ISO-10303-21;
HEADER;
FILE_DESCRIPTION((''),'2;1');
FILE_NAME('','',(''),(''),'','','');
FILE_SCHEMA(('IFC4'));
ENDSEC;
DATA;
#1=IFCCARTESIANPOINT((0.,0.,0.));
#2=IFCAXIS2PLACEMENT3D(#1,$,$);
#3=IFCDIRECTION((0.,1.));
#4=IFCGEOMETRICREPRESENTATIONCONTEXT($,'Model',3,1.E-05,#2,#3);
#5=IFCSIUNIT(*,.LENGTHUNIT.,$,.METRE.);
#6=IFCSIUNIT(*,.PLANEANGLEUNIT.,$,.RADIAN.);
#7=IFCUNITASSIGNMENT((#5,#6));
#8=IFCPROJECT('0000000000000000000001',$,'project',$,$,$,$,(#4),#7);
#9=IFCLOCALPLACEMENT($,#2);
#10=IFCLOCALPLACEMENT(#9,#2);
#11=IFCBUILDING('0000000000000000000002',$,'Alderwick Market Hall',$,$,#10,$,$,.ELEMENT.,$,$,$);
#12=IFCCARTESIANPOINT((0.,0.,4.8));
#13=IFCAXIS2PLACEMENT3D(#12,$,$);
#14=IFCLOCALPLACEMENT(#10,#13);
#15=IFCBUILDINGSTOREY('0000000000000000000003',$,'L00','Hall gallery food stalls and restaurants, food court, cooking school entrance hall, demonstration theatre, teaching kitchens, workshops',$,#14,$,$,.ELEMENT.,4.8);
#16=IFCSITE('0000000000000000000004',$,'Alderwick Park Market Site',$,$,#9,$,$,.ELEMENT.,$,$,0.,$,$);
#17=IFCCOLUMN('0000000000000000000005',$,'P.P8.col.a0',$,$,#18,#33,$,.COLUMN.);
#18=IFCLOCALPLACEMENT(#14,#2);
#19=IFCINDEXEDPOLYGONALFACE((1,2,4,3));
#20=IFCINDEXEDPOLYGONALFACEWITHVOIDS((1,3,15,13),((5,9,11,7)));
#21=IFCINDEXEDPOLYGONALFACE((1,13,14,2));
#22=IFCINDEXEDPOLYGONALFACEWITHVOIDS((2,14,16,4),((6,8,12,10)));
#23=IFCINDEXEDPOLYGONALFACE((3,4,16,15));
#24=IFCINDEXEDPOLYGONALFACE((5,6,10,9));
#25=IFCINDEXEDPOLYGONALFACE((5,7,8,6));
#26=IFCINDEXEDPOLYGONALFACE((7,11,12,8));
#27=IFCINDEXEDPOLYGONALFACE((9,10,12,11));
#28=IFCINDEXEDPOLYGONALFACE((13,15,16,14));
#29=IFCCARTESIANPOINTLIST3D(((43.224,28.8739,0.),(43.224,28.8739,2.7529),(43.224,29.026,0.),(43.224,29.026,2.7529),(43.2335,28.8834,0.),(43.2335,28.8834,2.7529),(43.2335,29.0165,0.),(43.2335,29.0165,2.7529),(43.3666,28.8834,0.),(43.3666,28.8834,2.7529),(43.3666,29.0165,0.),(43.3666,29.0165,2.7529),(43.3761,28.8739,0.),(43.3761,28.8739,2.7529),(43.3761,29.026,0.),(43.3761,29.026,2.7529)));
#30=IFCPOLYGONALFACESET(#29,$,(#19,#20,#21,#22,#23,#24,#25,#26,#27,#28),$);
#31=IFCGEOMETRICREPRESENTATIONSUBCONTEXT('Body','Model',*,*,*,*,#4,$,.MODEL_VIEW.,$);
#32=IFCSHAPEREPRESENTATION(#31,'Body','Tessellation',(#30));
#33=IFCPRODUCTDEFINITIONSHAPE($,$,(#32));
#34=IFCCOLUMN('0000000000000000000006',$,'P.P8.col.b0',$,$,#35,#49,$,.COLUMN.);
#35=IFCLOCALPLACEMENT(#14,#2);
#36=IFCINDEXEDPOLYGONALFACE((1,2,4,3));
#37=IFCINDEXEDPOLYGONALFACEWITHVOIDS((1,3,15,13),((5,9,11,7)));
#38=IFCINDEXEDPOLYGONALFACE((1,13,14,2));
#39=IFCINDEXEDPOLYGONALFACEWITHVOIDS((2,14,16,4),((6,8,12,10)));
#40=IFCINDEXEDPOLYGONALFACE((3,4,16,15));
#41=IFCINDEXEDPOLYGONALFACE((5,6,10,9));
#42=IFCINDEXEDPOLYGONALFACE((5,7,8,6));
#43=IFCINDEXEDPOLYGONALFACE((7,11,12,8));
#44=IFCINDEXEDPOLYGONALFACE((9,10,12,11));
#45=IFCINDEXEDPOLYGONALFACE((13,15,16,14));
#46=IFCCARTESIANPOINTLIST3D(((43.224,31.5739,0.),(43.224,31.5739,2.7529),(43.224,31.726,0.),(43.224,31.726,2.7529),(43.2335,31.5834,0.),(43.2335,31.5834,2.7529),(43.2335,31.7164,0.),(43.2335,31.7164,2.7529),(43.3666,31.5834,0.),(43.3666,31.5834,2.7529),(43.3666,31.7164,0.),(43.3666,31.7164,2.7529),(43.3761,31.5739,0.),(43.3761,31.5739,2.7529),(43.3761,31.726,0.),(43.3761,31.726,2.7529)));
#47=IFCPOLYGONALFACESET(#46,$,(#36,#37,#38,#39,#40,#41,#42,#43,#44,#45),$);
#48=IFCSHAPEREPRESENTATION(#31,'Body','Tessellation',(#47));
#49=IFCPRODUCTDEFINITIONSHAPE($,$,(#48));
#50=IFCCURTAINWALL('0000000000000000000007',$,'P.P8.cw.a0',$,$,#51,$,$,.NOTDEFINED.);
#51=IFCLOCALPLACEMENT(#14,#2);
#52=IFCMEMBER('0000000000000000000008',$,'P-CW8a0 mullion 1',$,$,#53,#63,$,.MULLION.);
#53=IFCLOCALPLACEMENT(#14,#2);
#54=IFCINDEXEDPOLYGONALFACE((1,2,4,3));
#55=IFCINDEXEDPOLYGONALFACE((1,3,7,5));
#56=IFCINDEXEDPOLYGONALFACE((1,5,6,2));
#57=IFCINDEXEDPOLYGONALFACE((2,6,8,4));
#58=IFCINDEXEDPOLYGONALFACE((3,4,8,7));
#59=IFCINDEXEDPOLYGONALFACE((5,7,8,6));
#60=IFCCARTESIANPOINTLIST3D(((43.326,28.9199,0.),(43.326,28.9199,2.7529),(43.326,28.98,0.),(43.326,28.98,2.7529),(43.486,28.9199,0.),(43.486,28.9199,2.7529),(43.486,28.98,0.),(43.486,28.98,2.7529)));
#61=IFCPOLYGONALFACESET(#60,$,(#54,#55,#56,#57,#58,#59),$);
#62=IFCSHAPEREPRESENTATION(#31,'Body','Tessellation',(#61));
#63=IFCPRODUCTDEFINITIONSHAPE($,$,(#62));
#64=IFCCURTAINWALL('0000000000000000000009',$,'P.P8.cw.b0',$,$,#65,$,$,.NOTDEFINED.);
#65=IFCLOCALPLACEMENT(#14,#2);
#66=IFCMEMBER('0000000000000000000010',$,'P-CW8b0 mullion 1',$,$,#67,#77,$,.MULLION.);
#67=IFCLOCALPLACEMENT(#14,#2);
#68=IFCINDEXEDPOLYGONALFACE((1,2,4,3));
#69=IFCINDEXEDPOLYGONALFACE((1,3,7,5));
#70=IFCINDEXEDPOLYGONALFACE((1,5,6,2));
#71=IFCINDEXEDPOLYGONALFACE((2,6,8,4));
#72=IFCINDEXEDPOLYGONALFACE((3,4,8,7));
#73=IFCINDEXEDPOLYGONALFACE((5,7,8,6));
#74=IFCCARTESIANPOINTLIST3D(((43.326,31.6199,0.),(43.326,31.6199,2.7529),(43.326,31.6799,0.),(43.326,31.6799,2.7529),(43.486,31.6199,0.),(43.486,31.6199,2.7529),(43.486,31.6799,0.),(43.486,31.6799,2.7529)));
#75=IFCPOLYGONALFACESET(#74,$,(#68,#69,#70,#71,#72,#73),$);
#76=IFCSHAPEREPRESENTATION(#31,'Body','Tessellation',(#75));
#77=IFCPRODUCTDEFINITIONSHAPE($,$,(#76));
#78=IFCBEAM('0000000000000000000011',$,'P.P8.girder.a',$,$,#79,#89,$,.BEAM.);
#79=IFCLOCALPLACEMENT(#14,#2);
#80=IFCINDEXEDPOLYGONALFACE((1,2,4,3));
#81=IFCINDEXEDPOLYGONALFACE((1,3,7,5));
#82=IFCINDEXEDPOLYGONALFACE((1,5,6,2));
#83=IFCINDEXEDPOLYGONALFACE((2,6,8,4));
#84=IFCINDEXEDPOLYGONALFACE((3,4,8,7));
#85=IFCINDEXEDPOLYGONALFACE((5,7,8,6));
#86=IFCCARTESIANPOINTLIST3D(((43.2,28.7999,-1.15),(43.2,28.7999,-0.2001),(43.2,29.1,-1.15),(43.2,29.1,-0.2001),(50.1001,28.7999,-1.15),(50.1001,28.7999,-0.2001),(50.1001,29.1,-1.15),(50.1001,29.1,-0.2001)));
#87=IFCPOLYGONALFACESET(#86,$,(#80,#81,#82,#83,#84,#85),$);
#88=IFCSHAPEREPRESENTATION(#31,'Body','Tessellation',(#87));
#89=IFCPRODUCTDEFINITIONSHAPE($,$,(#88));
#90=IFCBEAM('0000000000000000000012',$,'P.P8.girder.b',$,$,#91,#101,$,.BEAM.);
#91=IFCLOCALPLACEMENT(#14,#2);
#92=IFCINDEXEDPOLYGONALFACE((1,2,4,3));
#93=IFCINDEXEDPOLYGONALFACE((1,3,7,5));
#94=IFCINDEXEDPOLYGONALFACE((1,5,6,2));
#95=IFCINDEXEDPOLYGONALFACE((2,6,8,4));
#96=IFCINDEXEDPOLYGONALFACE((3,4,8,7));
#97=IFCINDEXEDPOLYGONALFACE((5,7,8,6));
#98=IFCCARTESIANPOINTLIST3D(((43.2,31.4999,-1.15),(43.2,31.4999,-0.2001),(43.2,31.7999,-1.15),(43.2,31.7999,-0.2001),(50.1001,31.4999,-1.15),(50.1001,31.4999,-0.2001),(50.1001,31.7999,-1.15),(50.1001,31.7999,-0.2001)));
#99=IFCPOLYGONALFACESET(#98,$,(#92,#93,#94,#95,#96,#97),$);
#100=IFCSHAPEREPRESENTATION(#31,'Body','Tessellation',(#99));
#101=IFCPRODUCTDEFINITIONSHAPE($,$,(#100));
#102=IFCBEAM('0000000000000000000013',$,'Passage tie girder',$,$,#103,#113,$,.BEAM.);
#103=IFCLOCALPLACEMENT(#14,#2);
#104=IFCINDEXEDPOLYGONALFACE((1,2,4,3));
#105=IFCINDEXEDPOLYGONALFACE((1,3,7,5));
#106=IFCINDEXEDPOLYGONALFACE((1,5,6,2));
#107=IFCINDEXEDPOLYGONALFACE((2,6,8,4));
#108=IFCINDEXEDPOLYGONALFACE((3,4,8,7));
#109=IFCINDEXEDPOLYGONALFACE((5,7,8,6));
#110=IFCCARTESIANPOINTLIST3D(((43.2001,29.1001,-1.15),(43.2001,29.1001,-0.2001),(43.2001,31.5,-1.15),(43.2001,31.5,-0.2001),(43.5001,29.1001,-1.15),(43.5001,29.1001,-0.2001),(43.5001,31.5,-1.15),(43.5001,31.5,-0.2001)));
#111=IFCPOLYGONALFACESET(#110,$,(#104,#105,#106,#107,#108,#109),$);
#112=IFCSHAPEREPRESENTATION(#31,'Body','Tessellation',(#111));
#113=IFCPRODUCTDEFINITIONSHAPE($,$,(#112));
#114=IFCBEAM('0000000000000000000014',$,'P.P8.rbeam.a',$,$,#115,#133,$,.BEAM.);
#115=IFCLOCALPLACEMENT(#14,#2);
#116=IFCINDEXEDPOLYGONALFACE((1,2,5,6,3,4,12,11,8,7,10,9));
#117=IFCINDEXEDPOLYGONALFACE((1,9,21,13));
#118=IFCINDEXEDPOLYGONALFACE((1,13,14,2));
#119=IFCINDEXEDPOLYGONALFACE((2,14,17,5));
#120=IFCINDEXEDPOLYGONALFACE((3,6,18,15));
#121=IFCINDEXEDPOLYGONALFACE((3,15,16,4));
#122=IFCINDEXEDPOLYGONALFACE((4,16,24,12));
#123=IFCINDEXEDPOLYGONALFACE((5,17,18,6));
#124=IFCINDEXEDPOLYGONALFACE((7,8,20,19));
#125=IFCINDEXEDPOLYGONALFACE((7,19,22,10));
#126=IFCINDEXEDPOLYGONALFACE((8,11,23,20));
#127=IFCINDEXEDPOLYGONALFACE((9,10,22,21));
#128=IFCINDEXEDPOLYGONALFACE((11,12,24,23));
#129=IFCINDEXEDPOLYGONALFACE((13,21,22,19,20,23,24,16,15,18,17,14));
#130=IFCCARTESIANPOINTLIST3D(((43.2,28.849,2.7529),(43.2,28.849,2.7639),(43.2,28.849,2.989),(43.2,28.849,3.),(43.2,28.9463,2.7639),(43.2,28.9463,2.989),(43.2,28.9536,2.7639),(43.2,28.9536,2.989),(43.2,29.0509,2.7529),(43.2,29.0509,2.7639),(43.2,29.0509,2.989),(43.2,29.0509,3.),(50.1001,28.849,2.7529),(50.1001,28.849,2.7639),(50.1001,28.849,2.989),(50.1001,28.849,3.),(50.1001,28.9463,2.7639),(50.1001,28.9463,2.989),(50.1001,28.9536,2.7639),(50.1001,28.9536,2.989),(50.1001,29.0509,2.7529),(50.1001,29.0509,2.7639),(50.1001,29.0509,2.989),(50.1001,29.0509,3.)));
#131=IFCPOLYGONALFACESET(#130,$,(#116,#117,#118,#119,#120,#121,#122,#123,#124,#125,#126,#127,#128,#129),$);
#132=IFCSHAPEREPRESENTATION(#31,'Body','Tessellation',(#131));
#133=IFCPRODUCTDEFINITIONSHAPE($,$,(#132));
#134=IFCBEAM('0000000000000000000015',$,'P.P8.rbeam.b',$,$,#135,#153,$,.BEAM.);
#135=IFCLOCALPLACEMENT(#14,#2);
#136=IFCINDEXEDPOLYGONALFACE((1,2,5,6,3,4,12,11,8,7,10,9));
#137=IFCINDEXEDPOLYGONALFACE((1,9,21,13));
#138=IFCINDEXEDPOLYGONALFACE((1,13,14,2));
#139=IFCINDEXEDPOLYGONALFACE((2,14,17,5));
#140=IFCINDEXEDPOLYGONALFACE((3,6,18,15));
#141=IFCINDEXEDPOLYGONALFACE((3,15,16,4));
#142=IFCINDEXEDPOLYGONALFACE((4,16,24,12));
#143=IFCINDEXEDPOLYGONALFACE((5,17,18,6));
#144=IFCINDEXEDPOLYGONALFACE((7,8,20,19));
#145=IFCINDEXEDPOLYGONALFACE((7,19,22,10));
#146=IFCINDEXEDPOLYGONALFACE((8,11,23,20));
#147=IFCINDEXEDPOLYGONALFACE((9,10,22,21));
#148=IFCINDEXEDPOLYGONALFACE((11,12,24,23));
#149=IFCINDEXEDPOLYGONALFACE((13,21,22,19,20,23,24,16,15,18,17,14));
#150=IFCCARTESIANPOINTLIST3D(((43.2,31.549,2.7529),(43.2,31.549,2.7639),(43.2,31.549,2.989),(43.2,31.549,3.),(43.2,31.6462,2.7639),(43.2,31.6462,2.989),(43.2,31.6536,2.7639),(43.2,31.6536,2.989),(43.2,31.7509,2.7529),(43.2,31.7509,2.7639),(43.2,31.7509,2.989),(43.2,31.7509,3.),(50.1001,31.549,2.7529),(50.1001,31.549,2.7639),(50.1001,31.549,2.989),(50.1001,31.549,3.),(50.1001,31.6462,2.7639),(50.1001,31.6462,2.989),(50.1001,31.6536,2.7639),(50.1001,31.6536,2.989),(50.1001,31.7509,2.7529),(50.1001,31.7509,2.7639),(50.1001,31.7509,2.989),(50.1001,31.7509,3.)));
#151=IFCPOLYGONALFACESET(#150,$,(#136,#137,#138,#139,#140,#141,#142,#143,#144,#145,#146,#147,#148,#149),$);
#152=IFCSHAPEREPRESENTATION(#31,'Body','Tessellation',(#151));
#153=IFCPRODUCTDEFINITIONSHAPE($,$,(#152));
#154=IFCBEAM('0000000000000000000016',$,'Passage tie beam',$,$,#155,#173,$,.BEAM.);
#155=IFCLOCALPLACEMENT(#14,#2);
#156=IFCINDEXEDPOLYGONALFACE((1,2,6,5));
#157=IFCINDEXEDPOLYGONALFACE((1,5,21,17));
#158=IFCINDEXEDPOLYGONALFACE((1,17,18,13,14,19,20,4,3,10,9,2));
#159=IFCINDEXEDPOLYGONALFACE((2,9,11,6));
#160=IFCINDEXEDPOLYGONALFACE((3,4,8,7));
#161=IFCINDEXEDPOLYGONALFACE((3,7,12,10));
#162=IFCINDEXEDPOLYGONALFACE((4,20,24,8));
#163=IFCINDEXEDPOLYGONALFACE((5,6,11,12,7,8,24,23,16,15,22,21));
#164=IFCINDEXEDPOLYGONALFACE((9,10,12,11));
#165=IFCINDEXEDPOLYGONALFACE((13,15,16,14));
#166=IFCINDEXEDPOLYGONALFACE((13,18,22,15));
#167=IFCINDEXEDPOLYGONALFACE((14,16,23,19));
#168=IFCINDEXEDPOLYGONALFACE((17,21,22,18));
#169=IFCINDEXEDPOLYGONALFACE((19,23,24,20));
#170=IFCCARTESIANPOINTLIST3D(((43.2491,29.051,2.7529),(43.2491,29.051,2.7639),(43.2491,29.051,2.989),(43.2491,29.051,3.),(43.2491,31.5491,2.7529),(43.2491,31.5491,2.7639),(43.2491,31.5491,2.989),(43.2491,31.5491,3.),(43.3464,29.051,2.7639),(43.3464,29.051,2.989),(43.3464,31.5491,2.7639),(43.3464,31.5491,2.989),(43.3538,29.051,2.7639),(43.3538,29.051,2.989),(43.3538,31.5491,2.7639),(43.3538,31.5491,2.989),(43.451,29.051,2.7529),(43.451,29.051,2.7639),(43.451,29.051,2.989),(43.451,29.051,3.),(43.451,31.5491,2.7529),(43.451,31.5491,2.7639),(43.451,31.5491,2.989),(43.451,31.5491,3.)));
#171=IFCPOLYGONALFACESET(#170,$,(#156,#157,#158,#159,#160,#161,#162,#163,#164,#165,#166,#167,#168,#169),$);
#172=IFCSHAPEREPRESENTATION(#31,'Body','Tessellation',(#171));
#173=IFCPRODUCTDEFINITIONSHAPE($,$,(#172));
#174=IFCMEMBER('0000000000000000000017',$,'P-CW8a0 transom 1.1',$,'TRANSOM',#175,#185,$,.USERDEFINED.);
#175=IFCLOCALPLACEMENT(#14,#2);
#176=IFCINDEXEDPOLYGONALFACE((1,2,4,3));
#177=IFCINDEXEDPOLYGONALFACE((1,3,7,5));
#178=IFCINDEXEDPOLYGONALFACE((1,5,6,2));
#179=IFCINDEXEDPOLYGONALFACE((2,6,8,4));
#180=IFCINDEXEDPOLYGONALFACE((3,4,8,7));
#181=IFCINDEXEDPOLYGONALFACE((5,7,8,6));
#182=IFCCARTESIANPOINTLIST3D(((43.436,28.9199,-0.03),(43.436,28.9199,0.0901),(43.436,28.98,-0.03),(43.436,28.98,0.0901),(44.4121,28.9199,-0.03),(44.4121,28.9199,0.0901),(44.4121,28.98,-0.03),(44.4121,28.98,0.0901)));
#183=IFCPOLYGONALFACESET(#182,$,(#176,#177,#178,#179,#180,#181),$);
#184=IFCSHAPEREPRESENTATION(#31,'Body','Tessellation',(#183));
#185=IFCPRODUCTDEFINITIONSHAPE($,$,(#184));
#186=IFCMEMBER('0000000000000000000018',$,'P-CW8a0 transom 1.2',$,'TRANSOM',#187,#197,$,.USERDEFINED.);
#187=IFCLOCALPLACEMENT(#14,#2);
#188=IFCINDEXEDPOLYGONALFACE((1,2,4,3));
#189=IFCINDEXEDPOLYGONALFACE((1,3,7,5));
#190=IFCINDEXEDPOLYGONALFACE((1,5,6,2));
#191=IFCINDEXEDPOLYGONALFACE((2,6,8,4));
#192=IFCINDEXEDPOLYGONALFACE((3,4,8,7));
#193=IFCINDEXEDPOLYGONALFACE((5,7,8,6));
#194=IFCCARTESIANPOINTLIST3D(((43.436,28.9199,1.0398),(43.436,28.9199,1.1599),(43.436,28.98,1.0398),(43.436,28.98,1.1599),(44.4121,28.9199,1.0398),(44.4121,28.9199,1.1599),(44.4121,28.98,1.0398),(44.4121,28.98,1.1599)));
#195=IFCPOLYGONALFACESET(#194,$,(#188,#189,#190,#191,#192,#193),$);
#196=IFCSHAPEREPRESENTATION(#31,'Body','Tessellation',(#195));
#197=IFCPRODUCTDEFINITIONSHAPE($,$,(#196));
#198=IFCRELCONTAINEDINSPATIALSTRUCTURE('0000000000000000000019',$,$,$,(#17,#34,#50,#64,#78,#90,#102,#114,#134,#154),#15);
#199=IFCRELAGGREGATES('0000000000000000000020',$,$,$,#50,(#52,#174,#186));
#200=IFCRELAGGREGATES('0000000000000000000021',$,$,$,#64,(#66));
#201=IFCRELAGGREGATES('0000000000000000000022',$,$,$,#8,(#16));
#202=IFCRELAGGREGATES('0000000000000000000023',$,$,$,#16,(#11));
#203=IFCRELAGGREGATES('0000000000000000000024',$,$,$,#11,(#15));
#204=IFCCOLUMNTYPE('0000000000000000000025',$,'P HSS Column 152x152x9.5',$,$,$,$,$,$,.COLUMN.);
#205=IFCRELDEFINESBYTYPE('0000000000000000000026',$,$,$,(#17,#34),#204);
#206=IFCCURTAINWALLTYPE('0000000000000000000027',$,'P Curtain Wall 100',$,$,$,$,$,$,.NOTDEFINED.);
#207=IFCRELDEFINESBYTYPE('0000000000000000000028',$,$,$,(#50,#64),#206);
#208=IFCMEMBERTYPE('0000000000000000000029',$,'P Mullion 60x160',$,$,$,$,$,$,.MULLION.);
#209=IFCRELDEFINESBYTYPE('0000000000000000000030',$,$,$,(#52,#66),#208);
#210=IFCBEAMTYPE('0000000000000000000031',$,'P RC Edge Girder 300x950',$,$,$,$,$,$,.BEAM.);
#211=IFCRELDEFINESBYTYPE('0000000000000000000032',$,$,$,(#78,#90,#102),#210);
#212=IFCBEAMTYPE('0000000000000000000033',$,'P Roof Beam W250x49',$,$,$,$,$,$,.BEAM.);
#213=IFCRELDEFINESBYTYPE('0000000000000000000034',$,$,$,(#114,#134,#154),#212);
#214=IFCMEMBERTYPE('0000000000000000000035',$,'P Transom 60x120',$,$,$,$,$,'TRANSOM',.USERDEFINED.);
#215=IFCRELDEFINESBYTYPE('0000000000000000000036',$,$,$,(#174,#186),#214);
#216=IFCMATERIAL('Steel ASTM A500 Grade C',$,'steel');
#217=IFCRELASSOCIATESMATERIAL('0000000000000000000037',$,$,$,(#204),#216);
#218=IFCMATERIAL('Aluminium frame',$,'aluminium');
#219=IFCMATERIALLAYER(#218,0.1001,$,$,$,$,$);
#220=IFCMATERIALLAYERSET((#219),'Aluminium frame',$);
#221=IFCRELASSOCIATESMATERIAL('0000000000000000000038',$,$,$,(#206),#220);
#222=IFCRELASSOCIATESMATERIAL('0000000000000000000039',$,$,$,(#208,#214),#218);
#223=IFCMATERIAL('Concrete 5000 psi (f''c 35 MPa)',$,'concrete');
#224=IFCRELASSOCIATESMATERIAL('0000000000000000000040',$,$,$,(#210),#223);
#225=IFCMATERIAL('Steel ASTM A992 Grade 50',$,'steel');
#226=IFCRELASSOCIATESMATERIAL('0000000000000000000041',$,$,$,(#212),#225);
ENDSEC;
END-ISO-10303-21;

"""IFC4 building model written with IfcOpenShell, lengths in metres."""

from ifc_helpers import new_model, si_unit, direction, frame, origin, origin_2d, place, context, subcontext, project, spatial, rectangle, hollow_rectangle, i_section, extrude, material, layer, layer_set, material_profile, profile_set, type_object, element, aggregate, save


model = new_model("IFC4")

# Units and contexts
model_context = context("Model", 3, precision=1e-05, world=origin(), true_north=direction((0.0, 1.0)))
body_context = subcontext(model_context, "Body", "Model", "MODEL_VIEW")
ifc_project = project(units=[si_unit("LENGTHUNIT", "METRE"), si_unit("PLANEANGLEUNIT", "RADIAN")], contexts=[model_context])

# Site, building, storey
site_placement = place(None, origin())
site = spatial("IfcSite", under=ifc_project, at=site_placement, Name="Alderwick Park Market Site", CompositionType="ELEMENT", RefElevation=0.0)
building_placement = place(site_placement, origin())
building = spatial("IfcBuilding", under=site, at=building_placement, Name="Alderwick Market Hall", CompositionType="ELEMENT")
storey_placement = place(building_placement, frame((0.0, 0.0, 4.8)))
storey = spatial("IfcBuildingStorey", under=building, at=storey_placement, Name="L00", Description="Hall gallery food stalls and restaurants, food court, cooking school entrance hall, demonstration theatre, teaching kitchens, workshops", CompositionType="ELEMENT", Elevation=4.8)

# Columns
ifc_material_1 = material(Name="Steel ASTM A500 Grade C", Category="steel")
ifc_material_profile_1 = material_profile(ifc_material_1, hollow_rectangle(XDim=0.1521, YDim=0.1521, WallThickness=0.0095, at=origin_2d()), Name="HSS152x152x9.5")
ifc_profile_set_1 = profile_set([ifc_material_profile_1], Name="Steel ASTM A500 Grade C")
column_type = type_object("IfcColumnType", Name="P HSS Column 152x152x9.5", PredefinedType="COLUMN", material=ifc_profile_set_1)
for number, where, z_axis, x_axis, name in (
    (1, (43.3, 28.95, 0.0), (0.0, 0.0, 1.0), (1.0, 0.0, 0.0), "P.P8.col.a0"),
    (2, (43.3, 31.6499, 0.0), (0.0, 0.0, 1.0), (1.0, 0.0, 0.0), "P.P8.col.b0"),
):
    element("IfcColumn", number, at=place(storey_placement, frame(where, z_axis=z_axis, x_axis=x_axis)), inside=storey, type_object=column_type, Name=name, PredefinedType="COLUMN", context=body_context, shape_type="SweptSolid", body=[
        extrude(hollow_rectangle(XDim=0.1521, YDim=0.1521, WallThickness=0.0095, at=origin_2d()), origin(), (0.0, 0.0, 1.0), 2.7529),
    ])

# Curtain walls, members
ifc_material_2 = material(Name="Aluminium frame", Category="aluminium")
ifc_layer_1 = layer(ifc_material_2, 0.1001)
ifc_layer_set_1 = layer_set([ifc_layer_1], Name="Aluminium frame")
curtain_wall_type = type_object("IfcCurtainWallType", Name="P Curtain Wall 100", PredefinedType="NOTDEFINED", material=ifc_layer_set_1)
curtain_wall_1_placement = place(storey_placement, origin())
curtain_wall_1 = element("IfcCurtainWall", 3, at=curtain_wall_1_placement, inside=storey, type_object=curtain_wall_type, Name="P.P8.cw.a0", PredefinedType="NOTDEFINED")
ifc_material_profile_2 = material_profile(ifc_material_2, rectangle(XDim=0.0601, YDim=0.1599, at=origin_2d()), Name="P Mullion 60x160")
ifc_profile_set_2 = profile_set([ifc_material_profile_2], Name="Aluminium frame")
member_type_1 = type_object("IfcMemberType", Name="P Mullion 60x160", PredefinedType="MULLION", material=ifc_profile_set_2)
member_1_placement = place(storey_placement, frame((43.406, 28.95, 0.0), z_axis=(0.0, 0.0, 1.0), x_axis=(0.0, 1.0, 0.0)))
member_1 = element("IfcMember", 4, at=member_1_placement, type_object=member_type_1, Name="P-CW8a0 mullion 1", PredefinedType="MULLION", context=body_context, shape_type="SweptSolid", body=[
    extrude(rectangle(XDim=0.0601, YDim=0.1599, at=origin_2d()), origin(), (0.0, 0.0, 1.0), 2.7529),
])
curtain_wall_2_placement = place(storey_placement, origin())
curtain_wall_2 = element("IfcCurtainWall", 5, at=curtain_wall_2_placement, inside=storey, type_object=curtain_wall_type, Name="P.P8.cw.b0", PredefinedType="NOTDEFINED")
member_2_placement = place(storey_placement, frame((43.406, 31.6499, 0.0), z_axis=(0.0, 0.0, 1.0), x_axis=(0.0, 1.0, 0.0)))
member_2 = element("IfcMember", 6, at=member_2_placement, type_object=member_type_1, Name="P-CW8b0 mullion 1", PredefinedType="MULLION", context=body_context, shape_type="SweptSolid", body=[
    extrude(rectangle(XDim=0.0601, YDim=0.1599, at=origin_2d()), origin(), (0.0, 0.0, 1.0), 2.7529),
])

# Beams
ifc_material_3 = material(Name="Concrete 5000 psi (f'c 35 MPa)", Category="concrete")
ifc_material_profile_3 = material_profile(ifc_material_3, rectangle(XDim=0.3, YDim=0.95, at=origin_2d()), Name="P RC Edge Girder 300x950")
ifc_profile_set_3 = profile_set([ifc_material_profile_3], Name="Concrete 5000 psi (f'c 35 MPa)")
beam_type_1 = type_object("IfcBeamType", Name="P RC Edge Girder 300x950", PredefinedType="BEAM", material=ifc_profile_set_3)
for number, where, z_axis, x_axis, name in (
    (7, (43.2, 28.95, -0.675), (1.0, 0.0, 0.0), (0.0, 1.0, 0.0), "P.P8.girder.a"),
    (8, (43.2, 31.6499, -0.675), (1.0, 0.0, 0.0), (0.0, 1.0, 0.0), "P.P8.girder.b"),
):
    element("IfcBeam", number, at=place(storey_placement, frame(where, z_axis=z_axis, x_axis=x_axis)), inside=storey, type_object=beam_type_1, Name=name, PredefinedType="BEAM", context=body_context, shape_type="SweptSolid", body=[
        extrude(rectangle(XDim=0.3, YDim=0.95, at=origin_2d()), origin(), (0.0, 0.0, 1.0), 6.9001),
    ])
beam_1_placement = place(storey_placement, frame((43.3501, 29.1001, -0.675), z_axis=(0.0, 1.0, 0.0), x_axis=(-1.0, 0.0, 0.0)))
element("IfcBeam", 9, at=beam_1_placement, inside=storey, type_object=beam_type_1, Name="Passage tie girder", PredefinedType="BEAM", context=body_context, shape_type="SweptSolid", body=[
    extrude(rectangle(XDim=0.3, YDim=0.95, at=origin_2d()), origin(), (0.0, 0.0, 1.0), 2.3999),
])
ifc_material_4 = material(Name="Steel ASTM A992 Grade 50", Category="steel")
ifc_material_profile_4 = material_profile(ifc_material_4, i_section(OverallWidth=0.2019, OverallDepth=0.2471, WebThickness=0.0073, FlangeThickness=0.011, at=origin_2d()), Name="W250x49")
ifc_profile_set_4 = profile_set([ifc_material_profile_4], Name="Steel ASTM A992 Grade 50")
beam_type_2 = type_object("IfcBeamType", Name="P Roof Beam W250x49", PredefinedType="BEAM", material=ifc_profile_set_4)
for number, where, z_axis, x_axis, name in (
    (10, (43.2, 28.95, 2.8765), (1.0, 0.0, 0.0), (0.0, 1.0, 0.0), "P.P8.rbeam.a"),
    (11, (43.2, 31.6499, 2.8765), (1.0, 0.0, 0.0), (0.0, 1.0, 0.0), "P.P8.rbeam.b"),
):
    element("IfcBeam", number, at=place(storey_placement, frame(where, z_axis=z_axis, x_axis=x_axis)), inside=storey, type_object=beam_type_2, Name=name, PredefinedType="BEAM", context=body_context, shape_type="SweptSolid", body=[
        extrude(i_section(OverallWidth=0.2019, OverallDepth=0.2471, WebThickness=0.0073, FlangeThickness=0.011, at=origin_2d()), origin(), (0.0, 0.0, 1.0), 6.9001),
    ])
beam_2_placement = place(storey_placement, frame((43.3501, 29.051, 2.8765), z_axis=(0.0, 1.0, 0.0), x_axis=(-1.0, 0.0, 0.0)))
element("IfcBeam", 12, at=beam_2_placement, inside=storey, type_object=beam_type_2, Name="Passage tie beam", PredefinedType="BEAM", context=body_context, shape_type="SweptSolid", body=[
    extrude(i_section(OverallWidth=0.2019, OverallDepth=0.2471, WebThickness=0.0073, FlangeThickness=0.011, at=origin_2d()), origin(), (0.0, 0.0, 1.0), 2.498),
])

# Members
ifc_material_profile_5 = material_profile(ifc_material_2, rectangle(XDim=0.0601, YDim=0.1201, at=origin_2d()), Name="P Transom 60x120")
ifc_profile_set_5 = profile_set([ifc_material_profile_5], Name="Aluminium frame")
member_type_2 = type_object("IfcMemberType", Name="P Transom 60x120", ElementType="TRANSOM", PredefinedType="USERDEFINED", material=ifc_profile_set_5)
member_3_placement = place(storey_placement, frame((43.436, 28.95, 0.03), z_axis=(1.0, 0.0, 0.0), x_axis=(0.0, 1.0, 0.0)))
member_3 = element("IfcMember", 13, at=member_3_placement, type_object=member_type_2, Name="P-CW8a0 transom 1.1", ObjectType="TRANSOM", PredefinedType="USERDEFINED", context=body_context, shape_type="SweptSolid", body=[
    extrude(rectangle(XDim=0.0601, YDim=0.1201, at=origin_2d()), origin(), (0.0, 0.0, 1.0), 0.9761),
])
member_4_placement = place(storey_placement, frame((43.436, 28.95, 1.0999), z_axis=(1.0, 0.0, 0.0), x_axis=(0.0, 1.0, 0.0)))
member_4 = element("IfcMember", 14, at=member_4_placement, type_object=member_type_2, Name="P-CW8a0 transom 1.2", ObjectType="TRANSOM", PredefinedType="USERDEFINED", context=body_context, shape_type="SweptSolid", body=[
    extrude(rectangle(XDim=0.0601, YDim=0.1201, at=origin_2d()), origin(), (0.0, 0.0, 1.0), 0.9761),
])
aggregate(curtain_wall_1, [member_1, member_3, member_4])
aggregate(curtain_wall_2, [member_2])

save(model, "model.ifc")
